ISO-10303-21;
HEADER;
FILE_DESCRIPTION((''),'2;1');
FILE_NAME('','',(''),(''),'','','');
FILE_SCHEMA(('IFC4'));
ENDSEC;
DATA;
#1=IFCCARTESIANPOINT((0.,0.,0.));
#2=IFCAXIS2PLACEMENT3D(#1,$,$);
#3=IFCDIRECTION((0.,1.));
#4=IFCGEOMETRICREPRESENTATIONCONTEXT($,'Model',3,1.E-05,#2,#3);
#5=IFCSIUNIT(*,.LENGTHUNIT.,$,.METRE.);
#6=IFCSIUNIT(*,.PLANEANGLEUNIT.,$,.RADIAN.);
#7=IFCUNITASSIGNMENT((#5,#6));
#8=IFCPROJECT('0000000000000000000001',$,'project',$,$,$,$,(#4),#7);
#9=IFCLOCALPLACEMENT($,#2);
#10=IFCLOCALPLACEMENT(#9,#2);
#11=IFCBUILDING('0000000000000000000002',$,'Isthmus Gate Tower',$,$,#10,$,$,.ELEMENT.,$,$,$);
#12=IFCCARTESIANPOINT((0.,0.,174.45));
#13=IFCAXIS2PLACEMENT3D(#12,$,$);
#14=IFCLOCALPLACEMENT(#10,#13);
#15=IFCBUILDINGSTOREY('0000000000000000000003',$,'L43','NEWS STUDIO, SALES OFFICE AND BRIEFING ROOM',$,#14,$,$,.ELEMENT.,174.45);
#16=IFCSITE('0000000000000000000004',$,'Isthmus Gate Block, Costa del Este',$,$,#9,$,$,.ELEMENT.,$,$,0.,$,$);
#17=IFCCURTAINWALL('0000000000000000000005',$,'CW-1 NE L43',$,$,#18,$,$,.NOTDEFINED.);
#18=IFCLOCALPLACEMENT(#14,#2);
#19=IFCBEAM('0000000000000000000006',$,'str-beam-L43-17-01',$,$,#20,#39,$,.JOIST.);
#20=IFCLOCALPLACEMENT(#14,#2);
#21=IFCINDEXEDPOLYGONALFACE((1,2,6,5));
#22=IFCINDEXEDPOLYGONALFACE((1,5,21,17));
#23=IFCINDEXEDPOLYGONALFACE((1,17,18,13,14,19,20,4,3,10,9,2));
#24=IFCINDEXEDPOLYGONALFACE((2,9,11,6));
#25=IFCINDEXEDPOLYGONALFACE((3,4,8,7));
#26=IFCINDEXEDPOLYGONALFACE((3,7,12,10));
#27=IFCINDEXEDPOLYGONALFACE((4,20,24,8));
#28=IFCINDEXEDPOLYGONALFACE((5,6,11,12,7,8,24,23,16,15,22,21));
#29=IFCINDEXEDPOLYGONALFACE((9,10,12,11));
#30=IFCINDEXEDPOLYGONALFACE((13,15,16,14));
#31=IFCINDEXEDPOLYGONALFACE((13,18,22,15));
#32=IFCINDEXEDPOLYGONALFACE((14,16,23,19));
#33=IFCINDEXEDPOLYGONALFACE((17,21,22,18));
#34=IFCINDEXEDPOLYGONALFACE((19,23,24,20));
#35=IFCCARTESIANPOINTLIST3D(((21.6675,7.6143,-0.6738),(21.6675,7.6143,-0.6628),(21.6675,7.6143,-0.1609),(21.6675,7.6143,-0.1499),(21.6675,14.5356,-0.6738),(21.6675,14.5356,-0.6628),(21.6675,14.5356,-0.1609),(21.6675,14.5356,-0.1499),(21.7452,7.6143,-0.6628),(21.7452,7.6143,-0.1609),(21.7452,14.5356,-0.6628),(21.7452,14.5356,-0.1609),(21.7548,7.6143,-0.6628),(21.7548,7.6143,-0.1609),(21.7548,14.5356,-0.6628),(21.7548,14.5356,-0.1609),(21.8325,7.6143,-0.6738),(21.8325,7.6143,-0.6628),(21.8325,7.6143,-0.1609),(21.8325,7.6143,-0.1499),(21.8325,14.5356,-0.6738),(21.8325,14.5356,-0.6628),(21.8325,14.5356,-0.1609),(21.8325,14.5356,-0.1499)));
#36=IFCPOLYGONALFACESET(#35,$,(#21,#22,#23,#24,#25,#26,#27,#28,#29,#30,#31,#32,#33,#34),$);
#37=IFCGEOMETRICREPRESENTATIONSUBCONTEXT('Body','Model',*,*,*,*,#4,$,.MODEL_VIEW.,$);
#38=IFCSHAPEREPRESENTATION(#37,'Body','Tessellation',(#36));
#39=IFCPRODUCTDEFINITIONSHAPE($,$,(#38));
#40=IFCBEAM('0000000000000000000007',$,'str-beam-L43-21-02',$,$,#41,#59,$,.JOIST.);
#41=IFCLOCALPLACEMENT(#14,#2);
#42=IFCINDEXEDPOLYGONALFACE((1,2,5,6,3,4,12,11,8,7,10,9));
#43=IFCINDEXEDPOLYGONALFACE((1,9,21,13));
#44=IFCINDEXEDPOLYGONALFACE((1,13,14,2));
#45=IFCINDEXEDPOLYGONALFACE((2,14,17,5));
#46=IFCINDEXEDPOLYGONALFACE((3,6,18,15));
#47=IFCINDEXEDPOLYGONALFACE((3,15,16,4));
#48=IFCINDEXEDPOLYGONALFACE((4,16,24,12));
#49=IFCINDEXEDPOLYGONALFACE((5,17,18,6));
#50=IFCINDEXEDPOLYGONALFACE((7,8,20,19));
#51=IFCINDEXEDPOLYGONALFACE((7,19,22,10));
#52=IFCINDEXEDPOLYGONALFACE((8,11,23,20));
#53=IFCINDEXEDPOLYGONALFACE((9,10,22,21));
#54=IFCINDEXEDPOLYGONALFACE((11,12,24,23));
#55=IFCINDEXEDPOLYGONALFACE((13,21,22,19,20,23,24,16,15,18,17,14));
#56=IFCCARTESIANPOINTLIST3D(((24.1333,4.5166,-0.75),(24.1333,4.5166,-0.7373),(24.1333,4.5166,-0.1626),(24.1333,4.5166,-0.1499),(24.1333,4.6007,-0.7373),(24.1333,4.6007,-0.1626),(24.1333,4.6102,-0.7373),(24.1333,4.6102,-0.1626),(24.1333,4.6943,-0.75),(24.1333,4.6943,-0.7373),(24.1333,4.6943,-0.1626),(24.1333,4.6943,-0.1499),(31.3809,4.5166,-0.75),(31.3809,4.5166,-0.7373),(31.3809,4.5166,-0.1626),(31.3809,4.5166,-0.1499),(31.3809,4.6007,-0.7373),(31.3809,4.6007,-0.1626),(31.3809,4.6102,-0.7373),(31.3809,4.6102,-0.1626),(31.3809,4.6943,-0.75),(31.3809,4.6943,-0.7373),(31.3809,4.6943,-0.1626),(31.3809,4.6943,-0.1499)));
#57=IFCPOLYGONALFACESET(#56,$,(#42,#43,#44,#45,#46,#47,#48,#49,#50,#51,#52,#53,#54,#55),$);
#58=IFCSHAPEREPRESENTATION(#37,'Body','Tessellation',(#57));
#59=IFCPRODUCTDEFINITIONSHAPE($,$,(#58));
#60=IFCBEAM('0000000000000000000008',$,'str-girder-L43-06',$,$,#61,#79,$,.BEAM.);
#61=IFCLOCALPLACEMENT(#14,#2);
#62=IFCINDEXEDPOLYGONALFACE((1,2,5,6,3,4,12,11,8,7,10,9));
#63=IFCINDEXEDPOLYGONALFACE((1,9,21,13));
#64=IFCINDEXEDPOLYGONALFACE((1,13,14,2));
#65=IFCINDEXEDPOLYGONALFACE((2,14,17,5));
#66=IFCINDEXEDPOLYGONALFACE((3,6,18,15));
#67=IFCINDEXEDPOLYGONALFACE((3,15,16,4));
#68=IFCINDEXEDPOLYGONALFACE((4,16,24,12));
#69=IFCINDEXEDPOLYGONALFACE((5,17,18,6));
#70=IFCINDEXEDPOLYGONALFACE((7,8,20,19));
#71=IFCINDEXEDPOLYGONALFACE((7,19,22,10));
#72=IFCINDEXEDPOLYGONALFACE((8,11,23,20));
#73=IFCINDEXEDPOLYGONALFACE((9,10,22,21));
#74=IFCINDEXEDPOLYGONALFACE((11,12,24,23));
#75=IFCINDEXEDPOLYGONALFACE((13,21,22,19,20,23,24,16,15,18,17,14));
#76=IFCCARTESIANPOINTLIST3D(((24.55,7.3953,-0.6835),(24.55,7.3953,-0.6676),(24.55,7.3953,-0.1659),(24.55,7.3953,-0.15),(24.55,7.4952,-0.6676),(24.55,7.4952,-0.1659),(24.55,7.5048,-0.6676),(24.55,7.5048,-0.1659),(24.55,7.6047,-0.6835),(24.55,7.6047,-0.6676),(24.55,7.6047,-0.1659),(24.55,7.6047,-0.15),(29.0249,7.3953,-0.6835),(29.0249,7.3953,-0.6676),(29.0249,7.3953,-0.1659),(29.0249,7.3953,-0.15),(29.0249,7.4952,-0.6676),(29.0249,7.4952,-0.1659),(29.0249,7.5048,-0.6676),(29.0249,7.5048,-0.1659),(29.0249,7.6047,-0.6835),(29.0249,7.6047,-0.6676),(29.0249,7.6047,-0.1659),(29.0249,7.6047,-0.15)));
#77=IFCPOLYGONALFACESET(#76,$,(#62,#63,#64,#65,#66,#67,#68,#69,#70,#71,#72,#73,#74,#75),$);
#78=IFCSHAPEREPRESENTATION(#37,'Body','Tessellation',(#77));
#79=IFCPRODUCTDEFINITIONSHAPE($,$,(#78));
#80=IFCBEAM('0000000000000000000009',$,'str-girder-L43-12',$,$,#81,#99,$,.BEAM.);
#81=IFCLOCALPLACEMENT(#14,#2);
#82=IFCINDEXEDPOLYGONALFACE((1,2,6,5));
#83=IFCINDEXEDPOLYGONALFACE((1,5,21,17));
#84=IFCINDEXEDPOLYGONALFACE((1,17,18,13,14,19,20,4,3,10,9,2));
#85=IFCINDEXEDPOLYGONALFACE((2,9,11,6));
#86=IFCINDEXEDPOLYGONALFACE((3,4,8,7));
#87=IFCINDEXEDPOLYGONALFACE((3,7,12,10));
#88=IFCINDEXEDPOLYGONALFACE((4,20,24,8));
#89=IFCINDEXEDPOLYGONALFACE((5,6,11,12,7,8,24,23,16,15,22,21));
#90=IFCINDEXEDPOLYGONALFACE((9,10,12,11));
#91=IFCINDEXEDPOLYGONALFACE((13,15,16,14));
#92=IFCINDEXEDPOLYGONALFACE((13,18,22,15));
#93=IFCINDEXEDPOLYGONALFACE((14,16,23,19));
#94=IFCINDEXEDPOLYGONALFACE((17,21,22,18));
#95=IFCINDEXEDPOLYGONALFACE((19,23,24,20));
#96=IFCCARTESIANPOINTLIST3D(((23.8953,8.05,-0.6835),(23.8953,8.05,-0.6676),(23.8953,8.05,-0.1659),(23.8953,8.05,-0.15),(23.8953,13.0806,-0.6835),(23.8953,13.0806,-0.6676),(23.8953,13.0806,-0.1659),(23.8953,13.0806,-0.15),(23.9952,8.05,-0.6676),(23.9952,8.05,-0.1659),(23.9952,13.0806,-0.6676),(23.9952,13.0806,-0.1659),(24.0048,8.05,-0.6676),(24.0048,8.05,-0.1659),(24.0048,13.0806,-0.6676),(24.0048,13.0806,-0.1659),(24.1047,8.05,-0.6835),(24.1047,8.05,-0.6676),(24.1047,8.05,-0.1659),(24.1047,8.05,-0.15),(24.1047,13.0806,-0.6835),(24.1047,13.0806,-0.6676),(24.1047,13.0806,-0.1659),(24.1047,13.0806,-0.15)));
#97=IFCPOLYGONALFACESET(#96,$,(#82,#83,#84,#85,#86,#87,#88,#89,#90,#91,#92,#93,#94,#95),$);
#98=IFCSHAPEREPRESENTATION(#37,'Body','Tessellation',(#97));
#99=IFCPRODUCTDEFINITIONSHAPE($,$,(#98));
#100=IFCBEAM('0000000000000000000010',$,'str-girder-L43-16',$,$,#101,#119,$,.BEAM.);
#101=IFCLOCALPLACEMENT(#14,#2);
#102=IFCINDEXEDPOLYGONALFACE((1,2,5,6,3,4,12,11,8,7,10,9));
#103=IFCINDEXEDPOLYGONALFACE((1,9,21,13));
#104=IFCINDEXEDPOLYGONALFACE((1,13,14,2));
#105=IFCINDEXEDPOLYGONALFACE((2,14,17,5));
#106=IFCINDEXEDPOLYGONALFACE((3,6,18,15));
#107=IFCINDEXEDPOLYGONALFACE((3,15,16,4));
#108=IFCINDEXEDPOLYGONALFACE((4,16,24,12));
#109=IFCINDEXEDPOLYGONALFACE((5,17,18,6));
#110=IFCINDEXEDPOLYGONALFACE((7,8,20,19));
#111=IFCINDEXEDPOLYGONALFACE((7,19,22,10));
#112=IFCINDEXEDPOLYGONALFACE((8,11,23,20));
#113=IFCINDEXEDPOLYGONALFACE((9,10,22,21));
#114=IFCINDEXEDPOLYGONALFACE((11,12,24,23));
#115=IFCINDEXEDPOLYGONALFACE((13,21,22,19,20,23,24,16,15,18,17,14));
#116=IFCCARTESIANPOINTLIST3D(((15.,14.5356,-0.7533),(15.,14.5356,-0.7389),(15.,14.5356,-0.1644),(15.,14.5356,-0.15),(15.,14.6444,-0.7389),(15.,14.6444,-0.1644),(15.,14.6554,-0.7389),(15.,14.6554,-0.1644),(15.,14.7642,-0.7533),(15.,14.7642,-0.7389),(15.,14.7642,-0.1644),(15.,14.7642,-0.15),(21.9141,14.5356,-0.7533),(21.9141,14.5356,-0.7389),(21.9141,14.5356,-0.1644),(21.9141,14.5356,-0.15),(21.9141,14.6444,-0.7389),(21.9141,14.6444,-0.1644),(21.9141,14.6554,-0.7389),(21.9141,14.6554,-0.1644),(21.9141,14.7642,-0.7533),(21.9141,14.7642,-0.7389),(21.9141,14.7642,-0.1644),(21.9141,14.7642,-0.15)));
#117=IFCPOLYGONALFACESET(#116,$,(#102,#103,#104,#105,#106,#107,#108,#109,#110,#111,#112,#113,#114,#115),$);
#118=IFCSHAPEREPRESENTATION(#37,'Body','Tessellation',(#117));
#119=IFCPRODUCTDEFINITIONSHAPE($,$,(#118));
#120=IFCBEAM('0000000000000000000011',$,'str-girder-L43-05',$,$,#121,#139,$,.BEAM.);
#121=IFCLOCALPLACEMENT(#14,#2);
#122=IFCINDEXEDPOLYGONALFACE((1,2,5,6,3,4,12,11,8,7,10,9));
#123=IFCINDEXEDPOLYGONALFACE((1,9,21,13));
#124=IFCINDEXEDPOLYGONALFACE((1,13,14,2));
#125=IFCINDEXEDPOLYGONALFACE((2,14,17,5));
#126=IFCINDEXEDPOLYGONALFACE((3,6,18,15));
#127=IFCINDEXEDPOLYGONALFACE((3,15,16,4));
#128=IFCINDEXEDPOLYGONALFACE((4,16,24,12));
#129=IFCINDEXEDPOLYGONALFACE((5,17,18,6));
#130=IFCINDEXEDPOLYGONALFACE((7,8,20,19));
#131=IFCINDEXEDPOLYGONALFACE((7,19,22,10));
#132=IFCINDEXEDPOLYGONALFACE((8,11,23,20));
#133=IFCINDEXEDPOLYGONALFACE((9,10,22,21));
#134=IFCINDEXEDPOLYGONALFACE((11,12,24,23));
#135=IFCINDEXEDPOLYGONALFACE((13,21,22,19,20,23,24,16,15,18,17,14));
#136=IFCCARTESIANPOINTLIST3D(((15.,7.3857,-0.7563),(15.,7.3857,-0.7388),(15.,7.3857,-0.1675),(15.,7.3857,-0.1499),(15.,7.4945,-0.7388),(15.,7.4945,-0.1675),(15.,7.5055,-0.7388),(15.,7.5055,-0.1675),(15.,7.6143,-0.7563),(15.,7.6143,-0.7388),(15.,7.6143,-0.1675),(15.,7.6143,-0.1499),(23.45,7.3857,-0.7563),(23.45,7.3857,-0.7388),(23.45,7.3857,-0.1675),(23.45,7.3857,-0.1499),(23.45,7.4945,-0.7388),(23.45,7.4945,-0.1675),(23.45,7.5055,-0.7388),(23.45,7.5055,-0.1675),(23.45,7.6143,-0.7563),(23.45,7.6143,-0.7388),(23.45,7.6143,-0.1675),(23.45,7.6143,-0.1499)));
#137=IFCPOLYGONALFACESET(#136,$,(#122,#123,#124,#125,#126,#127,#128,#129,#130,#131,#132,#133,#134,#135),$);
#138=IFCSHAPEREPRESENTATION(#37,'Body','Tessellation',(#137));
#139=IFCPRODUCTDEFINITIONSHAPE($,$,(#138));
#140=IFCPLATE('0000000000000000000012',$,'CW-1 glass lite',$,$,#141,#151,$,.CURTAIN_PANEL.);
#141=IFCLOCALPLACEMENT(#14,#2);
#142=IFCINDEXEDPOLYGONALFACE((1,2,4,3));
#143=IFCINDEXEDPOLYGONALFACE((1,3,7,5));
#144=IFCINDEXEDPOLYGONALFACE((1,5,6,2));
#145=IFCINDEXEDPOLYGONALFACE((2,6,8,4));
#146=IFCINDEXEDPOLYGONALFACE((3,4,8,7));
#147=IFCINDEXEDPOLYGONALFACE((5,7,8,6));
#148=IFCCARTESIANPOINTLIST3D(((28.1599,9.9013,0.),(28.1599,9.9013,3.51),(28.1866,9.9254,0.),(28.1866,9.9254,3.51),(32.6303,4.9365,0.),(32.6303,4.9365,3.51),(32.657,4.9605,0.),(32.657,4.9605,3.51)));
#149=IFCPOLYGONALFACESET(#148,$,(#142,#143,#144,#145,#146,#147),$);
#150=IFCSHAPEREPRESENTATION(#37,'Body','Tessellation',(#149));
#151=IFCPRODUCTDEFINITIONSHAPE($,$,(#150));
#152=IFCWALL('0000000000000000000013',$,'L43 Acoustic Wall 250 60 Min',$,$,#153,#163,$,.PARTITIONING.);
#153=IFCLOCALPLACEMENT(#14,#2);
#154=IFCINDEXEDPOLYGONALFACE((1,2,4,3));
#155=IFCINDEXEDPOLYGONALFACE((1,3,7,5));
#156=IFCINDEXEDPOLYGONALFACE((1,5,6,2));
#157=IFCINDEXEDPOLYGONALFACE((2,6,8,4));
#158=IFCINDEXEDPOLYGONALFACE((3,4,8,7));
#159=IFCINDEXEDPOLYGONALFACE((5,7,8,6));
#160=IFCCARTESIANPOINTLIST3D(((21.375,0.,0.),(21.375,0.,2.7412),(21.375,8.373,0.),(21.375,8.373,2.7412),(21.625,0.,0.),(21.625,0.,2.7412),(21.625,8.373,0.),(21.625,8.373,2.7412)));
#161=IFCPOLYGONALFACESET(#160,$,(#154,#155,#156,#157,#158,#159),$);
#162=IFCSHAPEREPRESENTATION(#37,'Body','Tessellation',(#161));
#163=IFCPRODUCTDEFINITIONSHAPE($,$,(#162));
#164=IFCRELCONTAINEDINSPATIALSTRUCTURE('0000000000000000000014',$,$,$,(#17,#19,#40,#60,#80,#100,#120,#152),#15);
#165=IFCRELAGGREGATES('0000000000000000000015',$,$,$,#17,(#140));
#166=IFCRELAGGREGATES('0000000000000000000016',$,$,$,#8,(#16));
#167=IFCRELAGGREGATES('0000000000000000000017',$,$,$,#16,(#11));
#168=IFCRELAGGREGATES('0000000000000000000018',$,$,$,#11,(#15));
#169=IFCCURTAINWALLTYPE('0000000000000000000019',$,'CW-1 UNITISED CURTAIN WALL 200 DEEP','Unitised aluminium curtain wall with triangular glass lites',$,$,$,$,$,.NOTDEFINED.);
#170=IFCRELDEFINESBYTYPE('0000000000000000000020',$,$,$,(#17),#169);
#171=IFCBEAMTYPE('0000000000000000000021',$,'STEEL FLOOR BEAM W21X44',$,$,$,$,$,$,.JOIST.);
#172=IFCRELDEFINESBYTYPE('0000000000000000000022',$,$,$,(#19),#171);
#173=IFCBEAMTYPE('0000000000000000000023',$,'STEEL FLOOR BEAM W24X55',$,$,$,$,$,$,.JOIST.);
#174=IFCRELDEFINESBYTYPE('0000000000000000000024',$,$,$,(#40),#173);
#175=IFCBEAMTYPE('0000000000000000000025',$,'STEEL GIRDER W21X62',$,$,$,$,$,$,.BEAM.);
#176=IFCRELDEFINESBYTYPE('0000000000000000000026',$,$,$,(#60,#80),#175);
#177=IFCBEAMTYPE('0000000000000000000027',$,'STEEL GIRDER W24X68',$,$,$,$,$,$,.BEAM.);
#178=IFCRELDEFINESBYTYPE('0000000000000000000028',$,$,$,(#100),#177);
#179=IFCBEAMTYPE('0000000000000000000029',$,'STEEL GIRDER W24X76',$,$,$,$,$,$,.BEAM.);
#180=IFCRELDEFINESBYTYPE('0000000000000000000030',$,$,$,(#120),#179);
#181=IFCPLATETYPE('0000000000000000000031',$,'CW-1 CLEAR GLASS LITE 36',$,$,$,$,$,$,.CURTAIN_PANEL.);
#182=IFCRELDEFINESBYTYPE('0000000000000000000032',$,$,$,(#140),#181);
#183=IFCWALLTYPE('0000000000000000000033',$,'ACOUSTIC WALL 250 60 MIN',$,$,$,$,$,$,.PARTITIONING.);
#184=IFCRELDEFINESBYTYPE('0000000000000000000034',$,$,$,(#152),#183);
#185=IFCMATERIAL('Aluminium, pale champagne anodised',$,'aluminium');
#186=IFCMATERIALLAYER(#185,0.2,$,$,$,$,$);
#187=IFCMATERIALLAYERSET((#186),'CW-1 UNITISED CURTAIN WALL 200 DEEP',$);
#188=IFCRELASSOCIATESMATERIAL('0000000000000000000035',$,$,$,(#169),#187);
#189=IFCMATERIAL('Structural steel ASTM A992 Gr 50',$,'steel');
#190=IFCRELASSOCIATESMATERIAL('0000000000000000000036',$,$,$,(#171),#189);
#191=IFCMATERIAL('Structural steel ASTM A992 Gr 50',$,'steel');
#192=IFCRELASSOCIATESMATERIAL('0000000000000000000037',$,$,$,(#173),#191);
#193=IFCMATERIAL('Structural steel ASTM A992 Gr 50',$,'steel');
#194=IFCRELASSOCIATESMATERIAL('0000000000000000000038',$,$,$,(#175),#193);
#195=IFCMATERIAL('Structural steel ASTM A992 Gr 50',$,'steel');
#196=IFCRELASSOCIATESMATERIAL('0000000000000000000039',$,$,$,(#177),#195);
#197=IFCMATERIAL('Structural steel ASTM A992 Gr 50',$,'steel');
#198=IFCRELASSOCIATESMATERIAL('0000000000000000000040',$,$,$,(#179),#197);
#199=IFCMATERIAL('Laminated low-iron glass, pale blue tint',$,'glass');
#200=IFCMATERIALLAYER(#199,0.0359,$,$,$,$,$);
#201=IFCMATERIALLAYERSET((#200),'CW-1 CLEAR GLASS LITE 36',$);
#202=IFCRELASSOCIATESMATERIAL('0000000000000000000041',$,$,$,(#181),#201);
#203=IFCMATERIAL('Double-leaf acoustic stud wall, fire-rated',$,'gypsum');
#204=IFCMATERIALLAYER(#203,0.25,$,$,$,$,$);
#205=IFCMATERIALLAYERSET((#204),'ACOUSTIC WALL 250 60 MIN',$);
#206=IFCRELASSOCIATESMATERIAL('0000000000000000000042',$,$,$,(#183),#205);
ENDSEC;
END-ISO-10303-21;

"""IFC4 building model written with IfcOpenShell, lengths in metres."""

from ifc_helpers import new_model, si_unit, direction, frame, frame_2d, origin, origin_2d, place, context, subcontext, project, spatial, rectangle, i_section, extrude, material, layer, layer_set, material_profile, profile_set, type_object, element, aggregate, save


model = new_model("IFC4")

# Units and contexts
model_context = context("Model", 3, precision=1e-05, world=origin(), true_north=direction((0.0, 1.0)))
body_context = subcontext(model_context, "Body", "Model", "MODEL_VIEW")
ifc_project = project(units=[si_unit("LENGTHUNIT", "METRE"), si_unit("PLANEANGLEUNIT", "RADIAN")], contexts=[model_context])

# Site, building, storey
site_placement = place(None, origin())
site = spatial("IfcSite", under=ifc_project, at=site_placement, Name="Isthmus Gate Block, Costa del Este", CompositionType="ELEMENT", RefElevation=0.0)
building_placement = place(site_placement, origin())
building = spatial("IfcBuilding", under=site, at=building_placement, Name="Isthmus Gate Tower", CompositionType="ELEMENT")
storey_placement = place(building_placement, frame((0.0, 0.0, 174.45)))
storey = spatial("IfcBuildingStorey", under=building, at=storey_placement, Name="L43", Description="NEWS STUDIO, SALES OFFICE AND BRIEFING ROOM", CompositionType="ELEMENT", Elevation=174.45)

# Curtain wall
ifc_material_1 = material(Name="Aluminium, pale champagne anodised", Category="aluminium")
ifc_layer_1 = layer(ifc_material_1, 0.2)
ifc_layer_set_1 = layer_set([ifc_layer_1], Name="CW-1 UNITISED CURTAIN WALL 200 DEEP")
curtain_wall_type = type_object("IfcCurtainWallType", Name="CW-1 UNITISED CURTAIN WALL 200 DEEP", Description="Unitised aluminium curtain wall with triangular glass lites", PredefinedType="NOTDEFINED", material=ifc_layer_set_1)
curtain_wall_placement = place(storey_placement, origin())
curtain_wall = element("IfcCurtainWall", 1, at=curtain_wall_placement, inside=storey, type_object=curtain_wall_type, Name="CW-1 NE L43", PredefinedType="NOTDEFINED")

# Beams
ifc_material_2 = material(Name="Structural steel ASTM A992 Gr 50", Category="steel")
ifc_material_profile_1 = material_profile(ifc_material_2, i_section(OverallWidth=0.165, OverallDepth=0.5239, WebThickness=0.0095, FlangeThickness=0.011, at=origin_2d()), Name="W21X44")
ifc_profile_set_1 = profile_set([ifc_material_profile_1], Name="Structural steel ASTM A992 Gr 50")
beam_type_1 = type_object("IfcBeamType", Name="STEEL FLOOR BEAM W21X44", PredefinedType="JOIST", material=ifc_profile_set_1)
for number, where, z_axis, x_axis, name in (
    (2, (21.75, 7.6143, -0.4119), (0.0, 1.0, 0.0), (-1.0, 0.0, 0.0), "str-beam-L43-17-01"),
):
    element("IfcBeam", number, at=place(storey_placement, frame(where, z_axis=z_axis, x_axis=x_axis)), inside=storey, type_object=beam_type_1, Name=name, PredefinedType="JOIST", context=body_context, shape_type="SweptSolid", body=[
        extrude(i_section(OverallWidth=0.165, OverallDepth=0.5239, WebThickness=0.0095, FlangeThickness=0.011, at=origin_2d()), origin(), (0.0, 0.0, 1.0), 6.9214),
    ])
ifc_material_3 = material(Name="Structural steel ASTM A992 Gr 50", Category="steel")
ifc_material_profile_2 = material_profile(ifc_material_3, i_section(OverallWidth=0.1777, OverallDepth=0.6001, WebThickness=0.0095, FlangeThickness=0.0127, at=origin_2d()), Name="W24X55")
ifc_profile_set_2 = profile_set([ifc_material_profile_2], Name="Structural steel ASTM A992 Gr 50")
beam_type_2 = type_object("IfcBeamType", Name="STEEL FLOOR BEAM W24X55", PredefinedType="JOIST", material=ifc_profile_set_2)
beam_1_placement = place(storey_placement, frame((24.1333, 4.6055, -0.45), z_axis=(1.0, 0.0, 0.0), x_axis=(0.0, 1.0, 0.0)))
element("IfcBeam", 3, at=beam_1_placement, inside=storey, type_object=beam_type_2, Name="str-beam-L43-21-02", PredefinedType="JOIST", context=body_context, shape_type="SweptSolid", body=[
    extrude(i_section(OverallWidth=0.1777, OverallDepth=0.6001, WebThickness=0.0095, FlangeThickness=0.0127, at=origin_2d()), origin(), (0.0, 0.0, 1.0), 7.2476),
])
ifc_material_4 = material(Name="Structural steel ASTM A992 Gr 50", Category="steel")
ifc_material_profile_3 = material_profile(ifc_material_4, i_section(OverallWidth=0.2095, OverallDepth=0.5334, WebThickness=0.0095, FlangeThickness=0.0159, at=origin_2d()), Name="W21X62")
ifc_profile_set_3 = profile_set([ifc_material_profile_3], Name="Structural steel ASTM A992 Gr 50")
beam_type_3 = type_object("IfcBeamType", Name="STEEL GIRDER W21X62", PredefinedType="BEAM", material=ifc_profile_set_3)
beam_2_placement = place(storey_placement, frame((24.55, 7.5, -0.4167), z_axis=(1.0, 0.0, 0.0), x_axis=(0.0, 1.0, 0.0)))
element("IfcBeam", 4, at=beam_2_placement, inside=storey, type_object=beam_type_3, Name="str-girder-L43-06", PredefinedType="BEAM", context=body_context, shape_type="SweptSolid", body=[
    extrude(i_section(OverallWidth=0.2095, OverallDepth=0.5334, WebThickness=0.0095, FlangeThickness=0.0159, at=origin_2d()), origin(), (0.0, 0.0, 1.0), 4.4749),
])
beam_3_placement = place(storey_placement, frame((24.0, 8.05, -0.4167), z_axis=(0.0, 1.0, 0.0), x_axis=(-1.0, 0.0, 0.0)))
element("IfcBeam", 5, at=beam_3_placement, inside=storey, type_object=beam_type_3, Name="str-girder-L43-12", PredefinedType="BEAM", context=body_context, shape_type="SweptSolid", body=[
    extrude(i_section(OverallWidth=0.2095, OverallDepth=0.5334, WebThickness=0.0095, FlangeThickness=0.0159, at=origin_2d()), origin(), (0.0, 0.0, 1.0), 5.0305),
])
ifc_material_5 = material(Name="Structural steel ASTM A992 Gr 50", Category="steel")
ifc_material_profile_4 = material_profile(ifc_material_5, i_section(OverallWidth=0.2285, OverallDepth=0.6033, WebThickness=0.011, FlangeThickness=0.0144, at=origin_2d()), Name="W24X68")
ifc_profile_set_4 = profile_set([ifc_material_profile_4], Name="Structural steel ASTM A992 Gr 50")
beam_type_4 = type_object("IfcBeamType", Name="STEEL GIRDER W24X68", PredefinedType="BEAM", material=ifc_profile_set_4)
beam_4_placement = place(storey_placement, frame((15.0, 14.6499, -0.4517), z_axis=(1.0, 0.0, 0.0), x_axis=(0.0, 1.0, 0.0)))
element("IfcBeam", 6, at=beam_4_placement, inside=storey, type_object=beam_type_4, Name="str-girder-L43-16", PredefinedType="BEAM", context=body_context, shape_type="SweptSolid", body=[
    extrude(i_section(OverallWidth=0.2285, OverallDepth=0.6033, WebThickness=0.011, FlangeThickness=0.0144, at=origin_2d()), origin(), (0.0, 0.0, 1.0), 6.9141),
])
ifc_material_6 = material(Name="Structural steel ASTM A992 Gr 50", Category="steel")
ifc_material_profile_5 = material_profile(ifc_material_6, i_section(OverallWidth=0.2285, OverallDepth=0.6064, WebThickness=0.011, FlangeThickness=0.0176, at=origin_2d()), Name="W24X76")
ifc_profile_set_5 = profile_set([ifc_material_profile_5], Name="Structural steel ASTM A992 Gr 50")
beam_type_5 = type_object("IfcBeamType", Name="STEEL GIRDER W24X76", PredefinedType="BEAM", material=ifc_profile_set_5)
beam_5_placement = place(storey_placement, frame((15.0, 7.5, -0.4531), z_axis=(1.0, 0.0, 0.0), x_axis=(0.0, 1.0, 0.0)))
element("IfcBeam", 7, at=beam_5_placement, inside=storey, type_object=beam_type_5, Name="str-girder-L43-05", PredefinedType="BEAM", context=body_context, shape_type="SweptSolid", body=[
    extrude(i_section(OverallWidth=0.2285, OverallDepth=0.6064, WebThickness=0.011, FlangeThickness=0.0176, at=origin_2d()), origin(), (0.0, 0.0, 1.0), 8.45),
])

# Plate
ifc_material_7 = material(Name="Laminated low-iron glass, pale blue tint", Category="glass")
ifc_layer_2 = layer(ifc_material_7, 0.0359)
ifc_layer_set_2 = layer_set([ifc_layer_2], Name="CW-1 CLEAR GLASS LITE 36")
plate_type = type_object("IfcPlateType", Name="CW-1 CLEAR GLASS LITE 36", PredefinedType="CURTAIN_PANEL", material=ifc_layer_set_2)
plate_placement = place(storey_placement, frame((30.4084, 7.4309, 0.0), z_axis=(0.0, 0.0, 1.0), x_axis=(-0.669131, 0.743145, 0.0)))
plate = element("IfcPlate", 8, at=plate_placement, type_object=plate_type, Name="CW-1 glass lite", PredefinedType="CURTAIN_PANEL", context=body_context, shape_type="SweptSolid", body=[
    extrude(rectangle(XDim=6.6809, YDim=0.0359, at=origin_2d()), origin(), (0.0, 0.0, 1.0), 3.51),
])

# Wall
ifc_material_8 = material(Name="Double-leaf acoustic stud wall, fire-rated", Category="gypsum")
ifc_layer_3 = layer(ifc_material_8, 0.25)
ifc_layer_set_3 = layer_set([ifc_layer_3], Name="ACOUSTIC WALL 250 60 MIN")
wall_type_1 = type_object("IfcWallType", Name="ACOUSTIC WALL 250 60 MIN", PredefinedType="PARTITIONING", material=ifc_layer_set_3)
wall_1_placement = place(storey_placement, frame((21.5, 8.373, 0.0), z_axis=(0.0, 0.0, 1.0), x_axis=(0.0, -1.0, 0.0)))
element("IfcWall", 9, at=wall_1_placement, inside=storey, type_object=wall_type_1, Name="L43 Acoustic Wall 250 60 Min", PredefinedType="PARTITIONING", context=body_context, shape_type="SweptSolid", body=[
    extrude(rectangle(XDim=8.373, YDim=0.25, at=frame_2d((4.1865, 0.0))), origin(), (0.0, 0.0, 1.0), 2.7412),
])

aggregate(curtain_wall, [plate])

save(model, "model.ifc")
